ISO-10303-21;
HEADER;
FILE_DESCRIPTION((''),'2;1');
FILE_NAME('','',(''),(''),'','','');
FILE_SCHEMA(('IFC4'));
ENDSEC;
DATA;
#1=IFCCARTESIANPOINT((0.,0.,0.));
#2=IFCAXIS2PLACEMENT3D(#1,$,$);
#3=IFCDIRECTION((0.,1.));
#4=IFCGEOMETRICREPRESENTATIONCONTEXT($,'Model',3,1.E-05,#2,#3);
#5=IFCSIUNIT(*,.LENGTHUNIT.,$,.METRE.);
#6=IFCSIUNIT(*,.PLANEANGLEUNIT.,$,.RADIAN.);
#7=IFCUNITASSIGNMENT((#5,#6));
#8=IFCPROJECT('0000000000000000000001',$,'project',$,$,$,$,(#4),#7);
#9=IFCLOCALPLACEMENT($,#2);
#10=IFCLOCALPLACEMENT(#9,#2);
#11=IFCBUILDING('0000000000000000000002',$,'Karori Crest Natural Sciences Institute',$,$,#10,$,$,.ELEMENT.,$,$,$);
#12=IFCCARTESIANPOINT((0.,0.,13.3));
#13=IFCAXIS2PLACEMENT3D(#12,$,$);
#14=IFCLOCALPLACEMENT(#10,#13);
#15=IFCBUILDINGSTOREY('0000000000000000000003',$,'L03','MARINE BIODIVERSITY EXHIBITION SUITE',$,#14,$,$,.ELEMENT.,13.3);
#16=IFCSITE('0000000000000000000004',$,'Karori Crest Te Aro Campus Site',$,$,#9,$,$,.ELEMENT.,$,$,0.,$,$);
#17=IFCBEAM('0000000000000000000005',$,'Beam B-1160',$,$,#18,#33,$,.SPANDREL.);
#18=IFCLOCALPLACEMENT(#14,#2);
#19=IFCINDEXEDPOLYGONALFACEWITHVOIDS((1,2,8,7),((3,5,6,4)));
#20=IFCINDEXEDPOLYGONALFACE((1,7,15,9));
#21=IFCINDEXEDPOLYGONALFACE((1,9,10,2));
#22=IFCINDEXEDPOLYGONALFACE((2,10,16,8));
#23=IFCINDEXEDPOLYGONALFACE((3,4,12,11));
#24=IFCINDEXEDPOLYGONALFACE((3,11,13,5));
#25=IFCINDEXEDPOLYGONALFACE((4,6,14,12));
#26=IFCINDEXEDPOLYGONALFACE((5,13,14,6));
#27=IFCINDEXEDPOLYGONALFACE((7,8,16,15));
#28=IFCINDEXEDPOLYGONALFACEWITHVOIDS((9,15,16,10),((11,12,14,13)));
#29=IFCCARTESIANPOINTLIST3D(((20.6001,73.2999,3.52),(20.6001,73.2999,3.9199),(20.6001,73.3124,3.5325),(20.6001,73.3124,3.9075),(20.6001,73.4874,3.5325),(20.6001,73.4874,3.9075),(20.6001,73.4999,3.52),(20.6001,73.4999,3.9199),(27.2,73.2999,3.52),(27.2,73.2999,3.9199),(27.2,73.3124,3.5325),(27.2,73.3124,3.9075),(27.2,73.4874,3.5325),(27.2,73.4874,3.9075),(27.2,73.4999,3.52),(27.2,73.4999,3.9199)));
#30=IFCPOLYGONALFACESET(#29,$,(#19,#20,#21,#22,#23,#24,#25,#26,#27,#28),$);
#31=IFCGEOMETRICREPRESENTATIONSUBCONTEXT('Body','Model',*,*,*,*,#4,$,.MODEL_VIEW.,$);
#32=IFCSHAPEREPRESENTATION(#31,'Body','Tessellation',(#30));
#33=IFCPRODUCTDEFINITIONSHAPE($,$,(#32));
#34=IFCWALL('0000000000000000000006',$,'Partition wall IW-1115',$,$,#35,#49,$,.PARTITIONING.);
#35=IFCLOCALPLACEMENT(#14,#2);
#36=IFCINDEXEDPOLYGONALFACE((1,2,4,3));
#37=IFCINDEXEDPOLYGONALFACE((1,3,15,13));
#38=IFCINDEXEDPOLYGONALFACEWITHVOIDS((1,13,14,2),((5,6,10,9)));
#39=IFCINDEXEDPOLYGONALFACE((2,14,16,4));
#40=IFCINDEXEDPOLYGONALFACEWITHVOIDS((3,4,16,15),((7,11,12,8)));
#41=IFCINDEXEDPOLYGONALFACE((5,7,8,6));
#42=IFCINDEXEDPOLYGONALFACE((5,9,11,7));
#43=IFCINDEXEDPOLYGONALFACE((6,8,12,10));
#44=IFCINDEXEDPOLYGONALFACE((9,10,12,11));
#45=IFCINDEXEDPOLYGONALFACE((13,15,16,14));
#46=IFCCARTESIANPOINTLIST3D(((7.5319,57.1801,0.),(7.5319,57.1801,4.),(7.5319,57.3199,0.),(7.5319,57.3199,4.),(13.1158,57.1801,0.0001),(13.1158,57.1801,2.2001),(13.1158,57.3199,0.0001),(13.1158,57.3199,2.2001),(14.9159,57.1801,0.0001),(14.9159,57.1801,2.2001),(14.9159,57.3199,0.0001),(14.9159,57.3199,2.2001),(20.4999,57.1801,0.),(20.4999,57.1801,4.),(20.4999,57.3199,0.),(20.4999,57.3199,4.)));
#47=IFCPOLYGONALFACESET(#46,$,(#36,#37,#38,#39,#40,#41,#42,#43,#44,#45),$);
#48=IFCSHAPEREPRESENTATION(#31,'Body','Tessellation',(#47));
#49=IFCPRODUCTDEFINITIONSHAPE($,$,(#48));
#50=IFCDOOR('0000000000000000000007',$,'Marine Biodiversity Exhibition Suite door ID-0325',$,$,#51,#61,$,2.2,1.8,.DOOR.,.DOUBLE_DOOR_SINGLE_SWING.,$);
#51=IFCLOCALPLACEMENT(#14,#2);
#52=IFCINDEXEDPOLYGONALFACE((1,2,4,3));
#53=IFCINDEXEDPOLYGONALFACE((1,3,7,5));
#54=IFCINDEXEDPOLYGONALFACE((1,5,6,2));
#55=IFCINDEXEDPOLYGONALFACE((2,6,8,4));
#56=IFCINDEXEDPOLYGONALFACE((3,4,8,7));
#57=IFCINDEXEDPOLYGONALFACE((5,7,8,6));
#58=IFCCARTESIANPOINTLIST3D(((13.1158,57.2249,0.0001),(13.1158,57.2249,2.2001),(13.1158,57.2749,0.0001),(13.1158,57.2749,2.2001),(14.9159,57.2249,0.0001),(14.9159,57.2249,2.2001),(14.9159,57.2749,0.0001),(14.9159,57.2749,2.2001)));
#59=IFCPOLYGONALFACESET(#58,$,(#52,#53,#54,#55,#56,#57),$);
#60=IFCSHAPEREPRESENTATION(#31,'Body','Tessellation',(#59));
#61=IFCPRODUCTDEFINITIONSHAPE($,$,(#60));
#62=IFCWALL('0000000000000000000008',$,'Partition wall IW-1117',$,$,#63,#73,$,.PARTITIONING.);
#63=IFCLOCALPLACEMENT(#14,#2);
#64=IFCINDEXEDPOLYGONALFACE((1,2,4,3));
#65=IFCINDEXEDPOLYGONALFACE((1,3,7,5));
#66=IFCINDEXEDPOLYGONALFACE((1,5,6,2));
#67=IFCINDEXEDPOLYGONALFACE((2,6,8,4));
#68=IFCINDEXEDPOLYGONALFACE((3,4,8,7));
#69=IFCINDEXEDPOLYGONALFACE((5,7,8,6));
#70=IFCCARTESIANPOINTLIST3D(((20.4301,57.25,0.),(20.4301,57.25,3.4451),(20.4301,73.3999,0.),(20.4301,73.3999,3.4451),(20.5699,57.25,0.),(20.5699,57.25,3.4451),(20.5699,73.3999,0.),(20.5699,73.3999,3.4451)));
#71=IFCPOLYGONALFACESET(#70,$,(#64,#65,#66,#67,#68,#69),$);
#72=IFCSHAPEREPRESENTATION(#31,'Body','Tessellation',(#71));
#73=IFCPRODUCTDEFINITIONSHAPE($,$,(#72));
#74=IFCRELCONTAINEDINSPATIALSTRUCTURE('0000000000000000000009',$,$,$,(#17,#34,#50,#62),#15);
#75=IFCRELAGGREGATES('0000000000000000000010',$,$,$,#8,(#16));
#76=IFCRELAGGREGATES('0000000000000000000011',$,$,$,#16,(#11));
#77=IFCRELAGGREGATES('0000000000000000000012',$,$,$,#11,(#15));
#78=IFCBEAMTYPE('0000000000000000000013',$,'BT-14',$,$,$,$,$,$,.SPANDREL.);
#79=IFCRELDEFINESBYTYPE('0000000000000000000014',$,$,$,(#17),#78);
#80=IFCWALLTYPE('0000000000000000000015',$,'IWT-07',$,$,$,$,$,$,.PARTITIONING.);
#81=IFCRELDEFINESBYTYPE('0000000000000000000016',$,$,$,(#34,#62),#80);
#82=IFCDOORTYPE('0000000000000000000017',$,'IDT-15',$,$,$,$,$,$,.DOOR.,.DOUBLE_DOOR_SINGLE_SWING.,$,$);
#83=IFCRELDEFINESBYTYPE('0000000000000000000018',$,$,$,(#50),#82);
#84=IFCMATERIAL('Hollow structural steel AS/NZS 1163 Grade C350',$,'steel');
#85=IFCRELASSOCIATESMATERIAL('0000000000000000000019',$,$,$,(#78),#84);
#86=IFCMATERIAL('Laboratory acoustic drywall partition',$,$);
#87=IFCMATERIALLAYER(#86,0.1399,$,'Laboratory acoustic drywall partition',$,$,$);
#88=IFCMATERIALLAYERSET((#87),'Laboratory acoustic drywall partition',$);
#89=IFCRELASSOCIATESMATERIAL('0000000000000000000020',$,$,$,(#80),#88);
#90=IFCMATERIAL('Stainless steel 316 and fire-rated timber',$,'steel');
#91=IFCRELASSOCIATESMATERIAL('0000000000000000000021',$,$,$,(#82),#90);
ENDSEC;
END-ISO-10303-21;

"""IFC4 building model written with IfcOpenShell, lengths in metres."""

from ifc_helpers import new_model, si_unit, direction, frame, frame_2d, origin, origin_2d, place, context, subcontext, project, spatial, rectangle, hollow_rectangle, extrude, material, layer, layer_set, material_profile, profile_set, type_object, element, fill, save


model = new_model("IFC4")

# Units and contexts
model_context = context("Model", 3, precision=1e-05, world=origin(), true_north=direction((0.0, 1.0)))
body_context = subcontext(model_context, "Body", "Model", "MODEL_VIEW")
ifc_project = project(units=[si_unit("LENGTHUNIT", "METRE"), si_unit("PLANEANGLEUNIT", "RADIAN")], contexts=[model_context])

# Site, building, storey
site_placement = place(None, origin())
site = spatial("IfcSite", under=ifc_project, at=site_placement, Name="Karori Crest Te Aro Campus Site", CompositionType="ELEMENT", RefElevation=0.0)
building_placement = place(site_placement, origin())
building = spatial("IfcBuilding", under=site, at=building_placement, Name="Karori Crest Natural Sciences Institute", CompositionType="ELEMENT")
storey_placement = place(building_placement, frame((0.0, 0.0, 13.3)))
storey = spatial("IfcBuildingStorey", under=building, at=storey_placement, Name="L03", Description="MARINE BIODIVERSITY EXHIBITION SUITE", CompositionType="ELEMENT", Elevation=13.3)

# Shared definitions
ifc_material_1 = material(Name="Hollow structural steel AS/NZS 1163 Grade C350", Category="steel")

# Beam
ifc_material_profile_1 = material_profile(ifc_material_1, hollow_rectangle(XDim=0.2, YDim=0.3999, WallThickness=0.0125, at=origin_2d()), Name="RHS400x200x12.5")
ifc_profile_set_1 = profile_set([ifc_material_profile_1], Name="Hollow structural steel AS/NZS 1163 Grade C350")
beam_type_1 = type_object("IfcBeamType", Name="BT-14", PredefinedType="SPANDREL", material=ifc_profile_set_1)
beam_1_placement = place(storey_placement, frame((20.6001, 73.3999, 3.72), z_axis=(1.0, 0.0, 0.0), x_axis=(0.0, 1.0, 0.0)))
element("IfcBeam", 1, at=beam_1_placement, inside=storey, type_object=beam_type_1, Name="Beam B-1160", PredefinedType="SPANDREL", context=body_context, shape_type="SweptSolid", body=[
    extrude(hollow_rectangle(XDim=0.2, YDim=0.3999, WallThickness=0.0125, at=origin_2d()), origin(), (0.0, 0.0, 1.0), 6.5999),
])

# Wall, opening, door
ifc_material_2 = material(Name="Laboratory acoustic drywall partition")
ifc_layer = layer(ifc_material_2, 0.1399, Name="Laboratory acoustic drywall partition")
ifc_layer_set = layer_set([ifc_layer], Name="Laboratory acoustic drywall partition")
wall_type = type_object("IfcWallType", Name="IWT-07", PredefinedType="PARTITIONING", material=ifc_layer_set)
wall_1_placement = place(storey_placement, frame((7.532, 57.25, 0.0), z_axis=(0.0, 0.0, 1.0), x_axis=(1.0, 0.0, 0.0)))
wall_1 = element("IfcWall", 2, at=wall_1_placement, inside=storey, type_object=wall_type, Name="Partition wall IW-1115", PredefinedType="PARTITIONING", context=body_context, shape_type="SweptSolid", body=[
    extrude(rectangle(XDim=12.968, YDim=0.1399, at=frame_2d((6.4839, 0.0))), origin(), (0.0, 0.0, 1.0), 4.0),
])
opening_placement = place(wall_1_placement, frame((5.584, 0.0, 0.0)))
opening = element("IfcOpeningElement", 3, at=opening_placement, cuts=wall_1, PredefinedType="OPENING", context=body_context, shape_type="SweptSolid", body=[
    extrude(rectangle(XDim=1.8, YDim=2.2, at=frame_2d((0.8999, 1.1001))), frame((0.0, 0.0801, 0.0), z_axis=(0.0, -1.0, 0.0), x_axis=(1.0, 0.0, 0.0)), (0.0, 0.0, 1.0), 0.1599),
])
ifc_material_3 = material(Name="Stainless steel 316 and fire-rated timber", Category="steel")
door_type = type_object("IfcDoorType", Name="IDT-15", OperationType="DOUBLE_DOOR_SINGLE_SWING", PredefinedType="DOOR", material=ifc_material_3)
door_placement = place(opening_placement, origin())
door = element("IfcDoor", 4, at=door_placement, inside=storey, type_object=door_type, Name="Marine Biodiversity Exhibition Suite door ID-0325", OperationType="DOUBLE_DOOR_SINGLE_SWING", OverallHeight=2.2, OverallWidth=1.8, PredefinedType="DOOR", context=body_context, shape_type="SweptSolid", body=[
    extrude(rectangle(XDim=1.8, YDim=2.2, at=frame_2d((0.8999, 1.1001))), frame((0.0, 0.0249, 0.0), z_axis=(0.0, -1.0, 0.0), x_axis=(1.0, 0.0, 0.0)), (0.0, 0.0, 1.0), 0.05),
])
fill(opening, door)

# Wall
wall_2_placement = place(storey_placement, frame((20.5, 57.25, 0.0), z_axis=(0.0, 0.0, 1.0), x_axis=(0.0, 1.0, 0.0)))
element("IfcWall", 5, at=wall_2_placement, inside=storey, type_object=wall_type, Name="Partition wall IW-1117", PredefinedType="PARTITIONING", context=body_context, shape_type="SweptSolid", body=[
    extrude(rectangle(XDim=16.1499, YDim=0.1399, at=frame_2d((8.075, 0.0))), origin(), (0.0, 0.0, 1.0), 3.4451),
])

save(model, "model.ifc")
